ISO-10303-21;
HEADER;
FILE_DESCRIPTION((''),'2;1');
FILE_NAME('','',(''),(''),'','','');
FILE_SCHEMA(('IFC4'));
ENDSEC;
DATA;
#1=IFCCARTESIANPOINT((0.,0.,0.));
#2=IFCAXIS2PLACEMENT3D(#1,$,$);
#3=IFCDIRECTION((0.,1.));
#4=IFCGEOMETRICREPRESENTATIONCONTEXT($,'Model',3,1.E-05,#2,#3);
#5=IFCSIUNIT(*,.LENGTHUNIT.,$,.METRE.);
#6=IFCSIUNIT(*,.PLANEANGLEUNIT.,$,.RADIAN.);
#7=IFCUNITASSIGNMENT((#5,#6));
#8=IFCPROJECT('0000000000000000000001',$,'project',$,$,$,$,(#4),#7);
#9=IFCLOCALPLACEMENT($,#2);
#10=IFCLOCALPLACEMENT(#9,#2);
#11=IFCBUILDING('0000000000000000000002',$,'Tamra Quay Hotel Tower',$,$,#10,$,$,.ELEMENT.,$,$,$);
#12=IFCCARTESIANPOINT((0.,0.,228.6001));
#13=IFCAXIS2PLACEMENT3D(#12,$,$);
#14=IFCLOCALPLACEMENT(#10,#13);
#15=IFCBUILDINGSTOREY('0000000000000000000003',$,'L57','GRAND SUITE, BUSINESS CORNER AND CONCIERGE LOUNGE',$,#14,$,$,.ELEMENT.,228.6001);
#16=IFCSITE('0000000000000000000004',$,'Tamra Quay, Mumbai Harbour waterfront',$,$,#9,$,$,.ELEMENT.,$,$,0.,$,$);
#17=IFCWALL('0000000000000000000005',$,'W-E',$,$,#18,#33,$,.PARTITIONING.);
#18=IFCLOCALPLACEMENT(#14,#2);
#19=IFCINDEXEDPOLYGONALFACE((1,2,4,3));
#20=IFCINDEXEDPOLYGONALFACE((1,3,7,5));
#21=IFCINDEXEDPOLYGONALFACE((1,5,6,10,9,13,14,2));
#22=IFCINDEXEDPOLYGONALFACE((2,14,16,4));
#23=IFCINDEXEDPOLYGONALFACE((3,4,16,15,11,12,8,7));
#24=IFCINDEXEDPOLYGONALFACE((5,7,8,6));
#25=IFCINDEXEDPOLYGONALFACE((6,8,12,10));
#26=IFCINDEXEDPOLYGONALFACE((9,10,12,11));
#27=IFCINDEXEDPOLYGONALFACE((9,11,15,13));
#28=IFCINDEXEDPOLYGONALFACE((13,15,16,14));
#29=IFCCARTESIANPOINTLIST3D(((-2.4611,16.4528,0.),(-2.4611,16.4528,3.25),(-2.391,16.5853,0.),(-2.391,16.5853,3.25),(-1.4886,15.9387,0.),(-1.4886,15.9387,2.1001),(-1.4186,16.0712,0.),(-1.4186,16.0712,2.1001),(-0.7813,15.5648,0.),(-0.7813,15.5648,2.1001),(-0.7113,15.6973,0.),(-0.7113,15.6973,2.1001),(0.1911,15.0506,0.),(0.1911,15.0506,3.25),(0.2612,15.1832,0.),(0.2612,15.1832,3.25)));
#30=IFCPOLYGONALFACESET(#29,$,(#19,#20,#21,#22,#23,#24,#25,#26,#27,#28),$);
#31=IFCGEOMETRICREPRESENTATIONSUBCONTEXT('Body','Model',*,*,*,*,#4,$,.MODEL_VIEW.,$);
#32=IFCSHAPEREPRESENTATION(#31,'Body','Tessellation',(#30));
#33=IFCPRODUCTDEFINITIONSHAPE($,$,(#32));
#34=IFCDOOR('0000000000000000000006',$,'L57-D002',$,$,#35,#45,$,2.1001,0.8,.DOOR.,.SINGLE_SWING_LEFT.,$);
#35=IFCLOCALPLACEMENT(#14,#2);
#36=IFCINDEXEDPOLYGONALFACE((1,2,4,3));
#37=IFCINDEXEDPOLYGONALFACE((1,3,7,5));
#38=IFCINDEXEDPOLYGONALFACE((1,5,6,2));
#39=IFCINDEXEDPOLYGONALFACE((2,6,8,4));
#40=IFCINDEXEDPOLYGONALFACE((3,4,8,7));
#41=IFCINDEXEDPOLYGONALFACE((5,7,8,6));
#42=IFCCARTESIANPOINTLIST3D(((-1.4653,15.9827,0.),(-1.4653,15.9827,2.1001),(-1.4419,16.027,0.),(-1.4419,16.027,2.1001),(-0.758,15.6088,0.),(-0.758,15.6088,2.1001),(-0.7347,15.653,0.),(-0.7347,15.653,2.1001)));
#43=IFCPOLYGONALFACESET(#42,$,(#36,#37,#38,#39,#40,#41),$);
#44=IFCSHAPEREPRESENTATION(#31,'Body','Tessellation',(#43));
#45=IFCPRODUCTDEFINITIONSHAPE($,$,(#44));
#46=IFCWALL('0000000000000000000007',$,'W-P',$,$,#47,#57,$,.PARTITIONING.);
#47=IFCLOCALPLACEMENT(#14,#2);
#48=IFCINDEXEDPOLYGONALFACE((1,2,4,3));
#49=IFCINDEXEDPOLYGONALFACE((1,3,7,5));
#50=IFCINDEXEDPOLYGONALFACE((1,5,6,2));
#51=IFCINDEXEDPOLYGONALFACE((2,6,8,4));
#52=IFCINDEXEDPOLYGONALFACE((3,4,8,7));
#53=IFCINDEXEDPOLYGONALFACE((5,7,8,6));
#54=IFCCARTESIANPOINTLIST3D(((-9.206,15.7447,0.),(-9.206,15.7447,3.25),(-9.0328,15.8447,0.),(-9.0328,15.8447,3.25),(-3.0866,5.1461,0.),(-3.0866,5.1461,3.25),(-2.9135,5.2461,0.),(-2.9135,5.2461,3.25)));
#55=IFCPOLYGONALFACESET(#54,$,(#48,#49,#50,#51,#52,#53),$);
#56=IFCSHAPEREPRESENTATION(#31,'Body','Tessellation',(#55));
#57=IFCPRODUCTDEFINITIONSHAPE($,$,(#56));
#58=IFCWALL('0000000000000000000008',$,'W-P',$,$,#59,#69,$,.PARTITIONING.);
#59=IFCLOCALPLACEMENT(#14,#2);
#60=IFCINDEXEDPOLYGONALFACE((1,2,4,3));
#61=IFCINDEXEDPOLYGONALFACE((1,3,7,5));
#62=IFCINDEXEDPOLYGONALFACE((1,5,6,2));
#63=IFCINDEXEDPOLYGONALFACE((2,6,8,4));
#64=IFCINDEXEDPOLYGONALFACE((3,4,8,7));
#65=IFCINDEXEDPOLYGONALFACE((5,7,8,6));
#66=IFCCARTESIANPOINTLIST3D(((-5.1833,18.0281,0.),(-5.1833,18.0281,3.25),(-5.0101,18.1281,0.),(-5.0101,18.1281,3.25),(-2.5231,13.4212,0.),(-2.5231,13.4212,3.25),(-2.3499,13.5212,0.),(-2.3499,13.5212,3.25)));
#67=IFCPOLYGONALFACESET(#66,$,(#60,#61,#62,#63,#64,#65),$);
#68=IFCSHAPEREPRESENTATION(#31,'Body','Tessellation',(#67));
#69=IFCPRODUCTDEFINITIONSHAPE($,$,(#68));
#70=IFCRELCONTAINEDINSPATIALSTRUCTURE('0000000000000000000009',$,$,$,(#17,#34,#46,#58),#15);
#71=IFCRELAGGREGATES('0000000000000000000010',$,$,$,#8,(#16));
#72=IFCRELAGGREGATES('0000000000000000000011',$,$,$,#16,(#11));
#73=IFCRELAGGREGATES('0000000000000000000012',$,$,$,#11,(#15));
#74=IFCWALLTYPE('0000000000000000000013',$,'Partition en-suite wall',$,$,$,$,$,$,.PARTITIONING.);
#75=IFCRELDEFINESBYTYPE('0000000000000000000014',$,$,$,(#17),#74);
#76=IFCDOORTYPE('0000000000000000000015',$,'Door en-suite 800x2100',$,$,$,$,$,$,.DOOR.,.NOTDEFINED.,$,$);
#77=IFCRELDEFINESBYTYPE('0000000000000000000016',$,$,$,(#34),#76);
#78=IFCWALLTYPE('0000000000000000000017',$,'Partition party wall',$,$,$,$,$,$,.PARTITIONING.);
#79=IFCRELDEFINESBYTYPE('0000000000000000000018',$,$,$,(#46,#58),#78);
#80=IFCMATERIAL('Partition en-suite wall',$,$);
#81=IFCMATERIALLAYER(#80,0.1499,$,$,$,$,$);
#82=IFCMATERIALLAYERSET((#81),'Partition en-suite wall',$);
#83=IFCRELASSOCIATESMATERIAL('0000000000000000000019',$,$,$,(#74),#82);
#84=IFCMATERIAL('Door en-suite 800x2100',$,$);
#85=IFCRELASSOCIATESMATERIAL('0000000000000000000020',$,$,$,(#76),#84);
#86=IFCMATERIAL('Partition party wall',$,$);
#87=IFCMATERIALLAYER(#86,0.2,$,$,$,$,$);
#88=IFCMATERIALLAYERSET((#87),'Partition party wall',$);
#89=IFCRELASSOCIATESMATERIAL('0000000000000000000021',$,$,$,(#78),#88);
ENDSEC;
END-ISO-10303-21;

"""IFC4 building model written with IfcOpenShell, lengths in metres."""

from ifc_helpers import new_model, si_unit, direction, frame, frame_2d, origin, place, context, subcontext, project, spatial, rectangle, extrude, material, layer, layer_set, type_object, element, fill, save


model = new_model("IFC4")

# Units and contexts
model_context = context("Model", 3, precision=1e-05, world=origin(), true_north=direction((0.0, 1.0)))
body_context = subcontext(model_context, "Body", "Model", "MODEL_VIEW")
ifc_project = project(units=[si_unit("LENGTHUNIT", "METRE"), si_unit("PLANEANGLEUNIT", "RADIAN")], contexts=[model_context])

# Site, building, storey
site_placement = place(None, origin())
site = spatial("IfcSite", under=ifc_project, at=site_placement, Name="Tamra Quay, Mumbai Harbour waterfront", CompositionType="ELEMENT", RefElevation=0.0)
building_placement = place(site_placement, origin())
building = spatial("IfcBuilding", under=site, at=building_placement, Name="Tamra Quay Hotel Tower", CompositionType="ELEMENT")
storey_placement = place(building_placement, frame((0.0, 0.0, 228.6001)))
storey = spatial("IfcBuildingStorey", under=building, at=storey_placement, Name="L57", Description="GRAND SUITE, BUSINESS CORNER AND CONCIERGE LOUNGE", CompositionType="ELEMENT", Elevation=228.6001)

# Shared definitions
ifc_material_1 = material(Name="Partition en-suite wall")
ifc_layer_1 = layer(ifc_material_1, 0.1499)
ifc_layer_set_1 = layer_set([ifc_layer_1], Name="Partition en-suite wall")
wall_type_1 = type_object("IfcWallType", Name="Partition en-suite wall", PredefinedType="PARTITIONING", material=ifc_layer_set_1)

# Wall, opening, door
wall_1_placement = place(storey_placement, frame((-2.426, 16.519, 0.0), z_axis=(0.0, 0.0, 1.0), x_axis=(0.884057, -0.467379, 0.0)))
wall_1 = element("IfcWall", 1, at=wall_1_placement, inside=storey, type_object=wall_type_1, Name="W-E", PredefinedType="PARTITIONING", context=body_context, shape_type="SweptSolid", body=[
    extrude(rectangle(XDim=3.0, YDim=0.1499, at=frame_2d((1.5, 0.0))), origin(), (0.0, 0.0, 1.0), 3.25),
])
opening_placement = place(wall_1_placement, frame((1.1001, 0.0, 0.0)))
opening = element("IfcOpeningElement", 2, at=opening_placement, cuts=wall_1, PredefinedType="OPENING", context=body_context, shape_type="SweptSolid", body=[
    extrude(rectangle(XDim=0.8, YDim=2.1001, at=frame_2d((0.3999, 1.05))), frame((0.0, 0.085, 0.0), z_axis=(0.0, -1.0, 0.0), x_axis=(1.0, 0.0, 0.0)), (0.0, 0.0, 1.0), 0.1699),
])
ifc_material_2 = material(Name="Door en-suite 800x2100")
door_type = type_object("IfcDoorType", Name="Door en-suite 800x2100", OperationType="NOTDEFINED", PredefinedType="DOOR", material=ifc_material_2)
door_placement = place(opening_placement, origin())
door = element("IfcDoor", 3, at=door_placement, inside=storey, type_object=door_type, Name="L57-D002", OperationType="SINGLE_SWING_LEFT", OverallHeight=2.1001, OverallWidth=0.8, PredefinedType="DOOR", context=body_context, shape_type="SweptSolid", body=[
    extrude(rectangle(XDim=0.8, YDim=2.1001, at=frame_2d((0.3999, 1.05))), frame((0.0, 0.0249, 0.0), z_axis=(0.0, -1.0, 0.0), x_axis=(1.0, 0.0, 0.0)), (0.0, 0.0, 1.0), 0.05),
])
fill(opening, door)

# Walls
ifc_material_3 = material(Name="Partition party wall")
ifc_layer_2 = layer(ifc_material_3, 0.2)
ifc_layer_set_2 = layer_set([ifc_layer_2], Name="Partition party wall")
wall_type_2 = type_object("IfcWallType", Name="Partition party wall", PredefinedType="PARTITIONING", material=ifc_layer_set_2)
wall_2_placement = place(storey_placement, frame((-9.1194, 15.7947, 0.0), z_axis=(0.0, 0.0, 1.0), x_axis=(0.500016, -0.866016, 0.0)))
element("IfcWall", 4, at=wall_2_placement, inside=storey, type_object=wall_type_2, Name="W-P", PredefinedType="PARTITIONING", context=body_context, shape_type="SweptSolid", body=[
    extrude(rectangle(XDim=12.2383, YDim=0.2, at=frame_2d((6.1191, 0.0))), origin(), (0.0, 0.0, 1.0), 3.25),
])
wall_3_placement = place(storey_placement, frame((-5.0967, 18.0781, 0.0), z_axis=(0.0, 0.0, 1.0), x_axis=(0.500048, -0.865998, 0.0)))
element("IfcWall", 5, at=wall_3_placement, inside=storey, type_object=wall_type_2, Name="W-P", PredefinedType="PARTITIONING", context=body_context, shape_type="SweptSolid", body=[
    extrude(rectangle(XDim=5.3198, YDim=0.2, at=frame_2d((2.6599, 0.0))), origin(), (0.0, 0.0, 1.0), 3.25),
])

save(model, "model.ifc")
